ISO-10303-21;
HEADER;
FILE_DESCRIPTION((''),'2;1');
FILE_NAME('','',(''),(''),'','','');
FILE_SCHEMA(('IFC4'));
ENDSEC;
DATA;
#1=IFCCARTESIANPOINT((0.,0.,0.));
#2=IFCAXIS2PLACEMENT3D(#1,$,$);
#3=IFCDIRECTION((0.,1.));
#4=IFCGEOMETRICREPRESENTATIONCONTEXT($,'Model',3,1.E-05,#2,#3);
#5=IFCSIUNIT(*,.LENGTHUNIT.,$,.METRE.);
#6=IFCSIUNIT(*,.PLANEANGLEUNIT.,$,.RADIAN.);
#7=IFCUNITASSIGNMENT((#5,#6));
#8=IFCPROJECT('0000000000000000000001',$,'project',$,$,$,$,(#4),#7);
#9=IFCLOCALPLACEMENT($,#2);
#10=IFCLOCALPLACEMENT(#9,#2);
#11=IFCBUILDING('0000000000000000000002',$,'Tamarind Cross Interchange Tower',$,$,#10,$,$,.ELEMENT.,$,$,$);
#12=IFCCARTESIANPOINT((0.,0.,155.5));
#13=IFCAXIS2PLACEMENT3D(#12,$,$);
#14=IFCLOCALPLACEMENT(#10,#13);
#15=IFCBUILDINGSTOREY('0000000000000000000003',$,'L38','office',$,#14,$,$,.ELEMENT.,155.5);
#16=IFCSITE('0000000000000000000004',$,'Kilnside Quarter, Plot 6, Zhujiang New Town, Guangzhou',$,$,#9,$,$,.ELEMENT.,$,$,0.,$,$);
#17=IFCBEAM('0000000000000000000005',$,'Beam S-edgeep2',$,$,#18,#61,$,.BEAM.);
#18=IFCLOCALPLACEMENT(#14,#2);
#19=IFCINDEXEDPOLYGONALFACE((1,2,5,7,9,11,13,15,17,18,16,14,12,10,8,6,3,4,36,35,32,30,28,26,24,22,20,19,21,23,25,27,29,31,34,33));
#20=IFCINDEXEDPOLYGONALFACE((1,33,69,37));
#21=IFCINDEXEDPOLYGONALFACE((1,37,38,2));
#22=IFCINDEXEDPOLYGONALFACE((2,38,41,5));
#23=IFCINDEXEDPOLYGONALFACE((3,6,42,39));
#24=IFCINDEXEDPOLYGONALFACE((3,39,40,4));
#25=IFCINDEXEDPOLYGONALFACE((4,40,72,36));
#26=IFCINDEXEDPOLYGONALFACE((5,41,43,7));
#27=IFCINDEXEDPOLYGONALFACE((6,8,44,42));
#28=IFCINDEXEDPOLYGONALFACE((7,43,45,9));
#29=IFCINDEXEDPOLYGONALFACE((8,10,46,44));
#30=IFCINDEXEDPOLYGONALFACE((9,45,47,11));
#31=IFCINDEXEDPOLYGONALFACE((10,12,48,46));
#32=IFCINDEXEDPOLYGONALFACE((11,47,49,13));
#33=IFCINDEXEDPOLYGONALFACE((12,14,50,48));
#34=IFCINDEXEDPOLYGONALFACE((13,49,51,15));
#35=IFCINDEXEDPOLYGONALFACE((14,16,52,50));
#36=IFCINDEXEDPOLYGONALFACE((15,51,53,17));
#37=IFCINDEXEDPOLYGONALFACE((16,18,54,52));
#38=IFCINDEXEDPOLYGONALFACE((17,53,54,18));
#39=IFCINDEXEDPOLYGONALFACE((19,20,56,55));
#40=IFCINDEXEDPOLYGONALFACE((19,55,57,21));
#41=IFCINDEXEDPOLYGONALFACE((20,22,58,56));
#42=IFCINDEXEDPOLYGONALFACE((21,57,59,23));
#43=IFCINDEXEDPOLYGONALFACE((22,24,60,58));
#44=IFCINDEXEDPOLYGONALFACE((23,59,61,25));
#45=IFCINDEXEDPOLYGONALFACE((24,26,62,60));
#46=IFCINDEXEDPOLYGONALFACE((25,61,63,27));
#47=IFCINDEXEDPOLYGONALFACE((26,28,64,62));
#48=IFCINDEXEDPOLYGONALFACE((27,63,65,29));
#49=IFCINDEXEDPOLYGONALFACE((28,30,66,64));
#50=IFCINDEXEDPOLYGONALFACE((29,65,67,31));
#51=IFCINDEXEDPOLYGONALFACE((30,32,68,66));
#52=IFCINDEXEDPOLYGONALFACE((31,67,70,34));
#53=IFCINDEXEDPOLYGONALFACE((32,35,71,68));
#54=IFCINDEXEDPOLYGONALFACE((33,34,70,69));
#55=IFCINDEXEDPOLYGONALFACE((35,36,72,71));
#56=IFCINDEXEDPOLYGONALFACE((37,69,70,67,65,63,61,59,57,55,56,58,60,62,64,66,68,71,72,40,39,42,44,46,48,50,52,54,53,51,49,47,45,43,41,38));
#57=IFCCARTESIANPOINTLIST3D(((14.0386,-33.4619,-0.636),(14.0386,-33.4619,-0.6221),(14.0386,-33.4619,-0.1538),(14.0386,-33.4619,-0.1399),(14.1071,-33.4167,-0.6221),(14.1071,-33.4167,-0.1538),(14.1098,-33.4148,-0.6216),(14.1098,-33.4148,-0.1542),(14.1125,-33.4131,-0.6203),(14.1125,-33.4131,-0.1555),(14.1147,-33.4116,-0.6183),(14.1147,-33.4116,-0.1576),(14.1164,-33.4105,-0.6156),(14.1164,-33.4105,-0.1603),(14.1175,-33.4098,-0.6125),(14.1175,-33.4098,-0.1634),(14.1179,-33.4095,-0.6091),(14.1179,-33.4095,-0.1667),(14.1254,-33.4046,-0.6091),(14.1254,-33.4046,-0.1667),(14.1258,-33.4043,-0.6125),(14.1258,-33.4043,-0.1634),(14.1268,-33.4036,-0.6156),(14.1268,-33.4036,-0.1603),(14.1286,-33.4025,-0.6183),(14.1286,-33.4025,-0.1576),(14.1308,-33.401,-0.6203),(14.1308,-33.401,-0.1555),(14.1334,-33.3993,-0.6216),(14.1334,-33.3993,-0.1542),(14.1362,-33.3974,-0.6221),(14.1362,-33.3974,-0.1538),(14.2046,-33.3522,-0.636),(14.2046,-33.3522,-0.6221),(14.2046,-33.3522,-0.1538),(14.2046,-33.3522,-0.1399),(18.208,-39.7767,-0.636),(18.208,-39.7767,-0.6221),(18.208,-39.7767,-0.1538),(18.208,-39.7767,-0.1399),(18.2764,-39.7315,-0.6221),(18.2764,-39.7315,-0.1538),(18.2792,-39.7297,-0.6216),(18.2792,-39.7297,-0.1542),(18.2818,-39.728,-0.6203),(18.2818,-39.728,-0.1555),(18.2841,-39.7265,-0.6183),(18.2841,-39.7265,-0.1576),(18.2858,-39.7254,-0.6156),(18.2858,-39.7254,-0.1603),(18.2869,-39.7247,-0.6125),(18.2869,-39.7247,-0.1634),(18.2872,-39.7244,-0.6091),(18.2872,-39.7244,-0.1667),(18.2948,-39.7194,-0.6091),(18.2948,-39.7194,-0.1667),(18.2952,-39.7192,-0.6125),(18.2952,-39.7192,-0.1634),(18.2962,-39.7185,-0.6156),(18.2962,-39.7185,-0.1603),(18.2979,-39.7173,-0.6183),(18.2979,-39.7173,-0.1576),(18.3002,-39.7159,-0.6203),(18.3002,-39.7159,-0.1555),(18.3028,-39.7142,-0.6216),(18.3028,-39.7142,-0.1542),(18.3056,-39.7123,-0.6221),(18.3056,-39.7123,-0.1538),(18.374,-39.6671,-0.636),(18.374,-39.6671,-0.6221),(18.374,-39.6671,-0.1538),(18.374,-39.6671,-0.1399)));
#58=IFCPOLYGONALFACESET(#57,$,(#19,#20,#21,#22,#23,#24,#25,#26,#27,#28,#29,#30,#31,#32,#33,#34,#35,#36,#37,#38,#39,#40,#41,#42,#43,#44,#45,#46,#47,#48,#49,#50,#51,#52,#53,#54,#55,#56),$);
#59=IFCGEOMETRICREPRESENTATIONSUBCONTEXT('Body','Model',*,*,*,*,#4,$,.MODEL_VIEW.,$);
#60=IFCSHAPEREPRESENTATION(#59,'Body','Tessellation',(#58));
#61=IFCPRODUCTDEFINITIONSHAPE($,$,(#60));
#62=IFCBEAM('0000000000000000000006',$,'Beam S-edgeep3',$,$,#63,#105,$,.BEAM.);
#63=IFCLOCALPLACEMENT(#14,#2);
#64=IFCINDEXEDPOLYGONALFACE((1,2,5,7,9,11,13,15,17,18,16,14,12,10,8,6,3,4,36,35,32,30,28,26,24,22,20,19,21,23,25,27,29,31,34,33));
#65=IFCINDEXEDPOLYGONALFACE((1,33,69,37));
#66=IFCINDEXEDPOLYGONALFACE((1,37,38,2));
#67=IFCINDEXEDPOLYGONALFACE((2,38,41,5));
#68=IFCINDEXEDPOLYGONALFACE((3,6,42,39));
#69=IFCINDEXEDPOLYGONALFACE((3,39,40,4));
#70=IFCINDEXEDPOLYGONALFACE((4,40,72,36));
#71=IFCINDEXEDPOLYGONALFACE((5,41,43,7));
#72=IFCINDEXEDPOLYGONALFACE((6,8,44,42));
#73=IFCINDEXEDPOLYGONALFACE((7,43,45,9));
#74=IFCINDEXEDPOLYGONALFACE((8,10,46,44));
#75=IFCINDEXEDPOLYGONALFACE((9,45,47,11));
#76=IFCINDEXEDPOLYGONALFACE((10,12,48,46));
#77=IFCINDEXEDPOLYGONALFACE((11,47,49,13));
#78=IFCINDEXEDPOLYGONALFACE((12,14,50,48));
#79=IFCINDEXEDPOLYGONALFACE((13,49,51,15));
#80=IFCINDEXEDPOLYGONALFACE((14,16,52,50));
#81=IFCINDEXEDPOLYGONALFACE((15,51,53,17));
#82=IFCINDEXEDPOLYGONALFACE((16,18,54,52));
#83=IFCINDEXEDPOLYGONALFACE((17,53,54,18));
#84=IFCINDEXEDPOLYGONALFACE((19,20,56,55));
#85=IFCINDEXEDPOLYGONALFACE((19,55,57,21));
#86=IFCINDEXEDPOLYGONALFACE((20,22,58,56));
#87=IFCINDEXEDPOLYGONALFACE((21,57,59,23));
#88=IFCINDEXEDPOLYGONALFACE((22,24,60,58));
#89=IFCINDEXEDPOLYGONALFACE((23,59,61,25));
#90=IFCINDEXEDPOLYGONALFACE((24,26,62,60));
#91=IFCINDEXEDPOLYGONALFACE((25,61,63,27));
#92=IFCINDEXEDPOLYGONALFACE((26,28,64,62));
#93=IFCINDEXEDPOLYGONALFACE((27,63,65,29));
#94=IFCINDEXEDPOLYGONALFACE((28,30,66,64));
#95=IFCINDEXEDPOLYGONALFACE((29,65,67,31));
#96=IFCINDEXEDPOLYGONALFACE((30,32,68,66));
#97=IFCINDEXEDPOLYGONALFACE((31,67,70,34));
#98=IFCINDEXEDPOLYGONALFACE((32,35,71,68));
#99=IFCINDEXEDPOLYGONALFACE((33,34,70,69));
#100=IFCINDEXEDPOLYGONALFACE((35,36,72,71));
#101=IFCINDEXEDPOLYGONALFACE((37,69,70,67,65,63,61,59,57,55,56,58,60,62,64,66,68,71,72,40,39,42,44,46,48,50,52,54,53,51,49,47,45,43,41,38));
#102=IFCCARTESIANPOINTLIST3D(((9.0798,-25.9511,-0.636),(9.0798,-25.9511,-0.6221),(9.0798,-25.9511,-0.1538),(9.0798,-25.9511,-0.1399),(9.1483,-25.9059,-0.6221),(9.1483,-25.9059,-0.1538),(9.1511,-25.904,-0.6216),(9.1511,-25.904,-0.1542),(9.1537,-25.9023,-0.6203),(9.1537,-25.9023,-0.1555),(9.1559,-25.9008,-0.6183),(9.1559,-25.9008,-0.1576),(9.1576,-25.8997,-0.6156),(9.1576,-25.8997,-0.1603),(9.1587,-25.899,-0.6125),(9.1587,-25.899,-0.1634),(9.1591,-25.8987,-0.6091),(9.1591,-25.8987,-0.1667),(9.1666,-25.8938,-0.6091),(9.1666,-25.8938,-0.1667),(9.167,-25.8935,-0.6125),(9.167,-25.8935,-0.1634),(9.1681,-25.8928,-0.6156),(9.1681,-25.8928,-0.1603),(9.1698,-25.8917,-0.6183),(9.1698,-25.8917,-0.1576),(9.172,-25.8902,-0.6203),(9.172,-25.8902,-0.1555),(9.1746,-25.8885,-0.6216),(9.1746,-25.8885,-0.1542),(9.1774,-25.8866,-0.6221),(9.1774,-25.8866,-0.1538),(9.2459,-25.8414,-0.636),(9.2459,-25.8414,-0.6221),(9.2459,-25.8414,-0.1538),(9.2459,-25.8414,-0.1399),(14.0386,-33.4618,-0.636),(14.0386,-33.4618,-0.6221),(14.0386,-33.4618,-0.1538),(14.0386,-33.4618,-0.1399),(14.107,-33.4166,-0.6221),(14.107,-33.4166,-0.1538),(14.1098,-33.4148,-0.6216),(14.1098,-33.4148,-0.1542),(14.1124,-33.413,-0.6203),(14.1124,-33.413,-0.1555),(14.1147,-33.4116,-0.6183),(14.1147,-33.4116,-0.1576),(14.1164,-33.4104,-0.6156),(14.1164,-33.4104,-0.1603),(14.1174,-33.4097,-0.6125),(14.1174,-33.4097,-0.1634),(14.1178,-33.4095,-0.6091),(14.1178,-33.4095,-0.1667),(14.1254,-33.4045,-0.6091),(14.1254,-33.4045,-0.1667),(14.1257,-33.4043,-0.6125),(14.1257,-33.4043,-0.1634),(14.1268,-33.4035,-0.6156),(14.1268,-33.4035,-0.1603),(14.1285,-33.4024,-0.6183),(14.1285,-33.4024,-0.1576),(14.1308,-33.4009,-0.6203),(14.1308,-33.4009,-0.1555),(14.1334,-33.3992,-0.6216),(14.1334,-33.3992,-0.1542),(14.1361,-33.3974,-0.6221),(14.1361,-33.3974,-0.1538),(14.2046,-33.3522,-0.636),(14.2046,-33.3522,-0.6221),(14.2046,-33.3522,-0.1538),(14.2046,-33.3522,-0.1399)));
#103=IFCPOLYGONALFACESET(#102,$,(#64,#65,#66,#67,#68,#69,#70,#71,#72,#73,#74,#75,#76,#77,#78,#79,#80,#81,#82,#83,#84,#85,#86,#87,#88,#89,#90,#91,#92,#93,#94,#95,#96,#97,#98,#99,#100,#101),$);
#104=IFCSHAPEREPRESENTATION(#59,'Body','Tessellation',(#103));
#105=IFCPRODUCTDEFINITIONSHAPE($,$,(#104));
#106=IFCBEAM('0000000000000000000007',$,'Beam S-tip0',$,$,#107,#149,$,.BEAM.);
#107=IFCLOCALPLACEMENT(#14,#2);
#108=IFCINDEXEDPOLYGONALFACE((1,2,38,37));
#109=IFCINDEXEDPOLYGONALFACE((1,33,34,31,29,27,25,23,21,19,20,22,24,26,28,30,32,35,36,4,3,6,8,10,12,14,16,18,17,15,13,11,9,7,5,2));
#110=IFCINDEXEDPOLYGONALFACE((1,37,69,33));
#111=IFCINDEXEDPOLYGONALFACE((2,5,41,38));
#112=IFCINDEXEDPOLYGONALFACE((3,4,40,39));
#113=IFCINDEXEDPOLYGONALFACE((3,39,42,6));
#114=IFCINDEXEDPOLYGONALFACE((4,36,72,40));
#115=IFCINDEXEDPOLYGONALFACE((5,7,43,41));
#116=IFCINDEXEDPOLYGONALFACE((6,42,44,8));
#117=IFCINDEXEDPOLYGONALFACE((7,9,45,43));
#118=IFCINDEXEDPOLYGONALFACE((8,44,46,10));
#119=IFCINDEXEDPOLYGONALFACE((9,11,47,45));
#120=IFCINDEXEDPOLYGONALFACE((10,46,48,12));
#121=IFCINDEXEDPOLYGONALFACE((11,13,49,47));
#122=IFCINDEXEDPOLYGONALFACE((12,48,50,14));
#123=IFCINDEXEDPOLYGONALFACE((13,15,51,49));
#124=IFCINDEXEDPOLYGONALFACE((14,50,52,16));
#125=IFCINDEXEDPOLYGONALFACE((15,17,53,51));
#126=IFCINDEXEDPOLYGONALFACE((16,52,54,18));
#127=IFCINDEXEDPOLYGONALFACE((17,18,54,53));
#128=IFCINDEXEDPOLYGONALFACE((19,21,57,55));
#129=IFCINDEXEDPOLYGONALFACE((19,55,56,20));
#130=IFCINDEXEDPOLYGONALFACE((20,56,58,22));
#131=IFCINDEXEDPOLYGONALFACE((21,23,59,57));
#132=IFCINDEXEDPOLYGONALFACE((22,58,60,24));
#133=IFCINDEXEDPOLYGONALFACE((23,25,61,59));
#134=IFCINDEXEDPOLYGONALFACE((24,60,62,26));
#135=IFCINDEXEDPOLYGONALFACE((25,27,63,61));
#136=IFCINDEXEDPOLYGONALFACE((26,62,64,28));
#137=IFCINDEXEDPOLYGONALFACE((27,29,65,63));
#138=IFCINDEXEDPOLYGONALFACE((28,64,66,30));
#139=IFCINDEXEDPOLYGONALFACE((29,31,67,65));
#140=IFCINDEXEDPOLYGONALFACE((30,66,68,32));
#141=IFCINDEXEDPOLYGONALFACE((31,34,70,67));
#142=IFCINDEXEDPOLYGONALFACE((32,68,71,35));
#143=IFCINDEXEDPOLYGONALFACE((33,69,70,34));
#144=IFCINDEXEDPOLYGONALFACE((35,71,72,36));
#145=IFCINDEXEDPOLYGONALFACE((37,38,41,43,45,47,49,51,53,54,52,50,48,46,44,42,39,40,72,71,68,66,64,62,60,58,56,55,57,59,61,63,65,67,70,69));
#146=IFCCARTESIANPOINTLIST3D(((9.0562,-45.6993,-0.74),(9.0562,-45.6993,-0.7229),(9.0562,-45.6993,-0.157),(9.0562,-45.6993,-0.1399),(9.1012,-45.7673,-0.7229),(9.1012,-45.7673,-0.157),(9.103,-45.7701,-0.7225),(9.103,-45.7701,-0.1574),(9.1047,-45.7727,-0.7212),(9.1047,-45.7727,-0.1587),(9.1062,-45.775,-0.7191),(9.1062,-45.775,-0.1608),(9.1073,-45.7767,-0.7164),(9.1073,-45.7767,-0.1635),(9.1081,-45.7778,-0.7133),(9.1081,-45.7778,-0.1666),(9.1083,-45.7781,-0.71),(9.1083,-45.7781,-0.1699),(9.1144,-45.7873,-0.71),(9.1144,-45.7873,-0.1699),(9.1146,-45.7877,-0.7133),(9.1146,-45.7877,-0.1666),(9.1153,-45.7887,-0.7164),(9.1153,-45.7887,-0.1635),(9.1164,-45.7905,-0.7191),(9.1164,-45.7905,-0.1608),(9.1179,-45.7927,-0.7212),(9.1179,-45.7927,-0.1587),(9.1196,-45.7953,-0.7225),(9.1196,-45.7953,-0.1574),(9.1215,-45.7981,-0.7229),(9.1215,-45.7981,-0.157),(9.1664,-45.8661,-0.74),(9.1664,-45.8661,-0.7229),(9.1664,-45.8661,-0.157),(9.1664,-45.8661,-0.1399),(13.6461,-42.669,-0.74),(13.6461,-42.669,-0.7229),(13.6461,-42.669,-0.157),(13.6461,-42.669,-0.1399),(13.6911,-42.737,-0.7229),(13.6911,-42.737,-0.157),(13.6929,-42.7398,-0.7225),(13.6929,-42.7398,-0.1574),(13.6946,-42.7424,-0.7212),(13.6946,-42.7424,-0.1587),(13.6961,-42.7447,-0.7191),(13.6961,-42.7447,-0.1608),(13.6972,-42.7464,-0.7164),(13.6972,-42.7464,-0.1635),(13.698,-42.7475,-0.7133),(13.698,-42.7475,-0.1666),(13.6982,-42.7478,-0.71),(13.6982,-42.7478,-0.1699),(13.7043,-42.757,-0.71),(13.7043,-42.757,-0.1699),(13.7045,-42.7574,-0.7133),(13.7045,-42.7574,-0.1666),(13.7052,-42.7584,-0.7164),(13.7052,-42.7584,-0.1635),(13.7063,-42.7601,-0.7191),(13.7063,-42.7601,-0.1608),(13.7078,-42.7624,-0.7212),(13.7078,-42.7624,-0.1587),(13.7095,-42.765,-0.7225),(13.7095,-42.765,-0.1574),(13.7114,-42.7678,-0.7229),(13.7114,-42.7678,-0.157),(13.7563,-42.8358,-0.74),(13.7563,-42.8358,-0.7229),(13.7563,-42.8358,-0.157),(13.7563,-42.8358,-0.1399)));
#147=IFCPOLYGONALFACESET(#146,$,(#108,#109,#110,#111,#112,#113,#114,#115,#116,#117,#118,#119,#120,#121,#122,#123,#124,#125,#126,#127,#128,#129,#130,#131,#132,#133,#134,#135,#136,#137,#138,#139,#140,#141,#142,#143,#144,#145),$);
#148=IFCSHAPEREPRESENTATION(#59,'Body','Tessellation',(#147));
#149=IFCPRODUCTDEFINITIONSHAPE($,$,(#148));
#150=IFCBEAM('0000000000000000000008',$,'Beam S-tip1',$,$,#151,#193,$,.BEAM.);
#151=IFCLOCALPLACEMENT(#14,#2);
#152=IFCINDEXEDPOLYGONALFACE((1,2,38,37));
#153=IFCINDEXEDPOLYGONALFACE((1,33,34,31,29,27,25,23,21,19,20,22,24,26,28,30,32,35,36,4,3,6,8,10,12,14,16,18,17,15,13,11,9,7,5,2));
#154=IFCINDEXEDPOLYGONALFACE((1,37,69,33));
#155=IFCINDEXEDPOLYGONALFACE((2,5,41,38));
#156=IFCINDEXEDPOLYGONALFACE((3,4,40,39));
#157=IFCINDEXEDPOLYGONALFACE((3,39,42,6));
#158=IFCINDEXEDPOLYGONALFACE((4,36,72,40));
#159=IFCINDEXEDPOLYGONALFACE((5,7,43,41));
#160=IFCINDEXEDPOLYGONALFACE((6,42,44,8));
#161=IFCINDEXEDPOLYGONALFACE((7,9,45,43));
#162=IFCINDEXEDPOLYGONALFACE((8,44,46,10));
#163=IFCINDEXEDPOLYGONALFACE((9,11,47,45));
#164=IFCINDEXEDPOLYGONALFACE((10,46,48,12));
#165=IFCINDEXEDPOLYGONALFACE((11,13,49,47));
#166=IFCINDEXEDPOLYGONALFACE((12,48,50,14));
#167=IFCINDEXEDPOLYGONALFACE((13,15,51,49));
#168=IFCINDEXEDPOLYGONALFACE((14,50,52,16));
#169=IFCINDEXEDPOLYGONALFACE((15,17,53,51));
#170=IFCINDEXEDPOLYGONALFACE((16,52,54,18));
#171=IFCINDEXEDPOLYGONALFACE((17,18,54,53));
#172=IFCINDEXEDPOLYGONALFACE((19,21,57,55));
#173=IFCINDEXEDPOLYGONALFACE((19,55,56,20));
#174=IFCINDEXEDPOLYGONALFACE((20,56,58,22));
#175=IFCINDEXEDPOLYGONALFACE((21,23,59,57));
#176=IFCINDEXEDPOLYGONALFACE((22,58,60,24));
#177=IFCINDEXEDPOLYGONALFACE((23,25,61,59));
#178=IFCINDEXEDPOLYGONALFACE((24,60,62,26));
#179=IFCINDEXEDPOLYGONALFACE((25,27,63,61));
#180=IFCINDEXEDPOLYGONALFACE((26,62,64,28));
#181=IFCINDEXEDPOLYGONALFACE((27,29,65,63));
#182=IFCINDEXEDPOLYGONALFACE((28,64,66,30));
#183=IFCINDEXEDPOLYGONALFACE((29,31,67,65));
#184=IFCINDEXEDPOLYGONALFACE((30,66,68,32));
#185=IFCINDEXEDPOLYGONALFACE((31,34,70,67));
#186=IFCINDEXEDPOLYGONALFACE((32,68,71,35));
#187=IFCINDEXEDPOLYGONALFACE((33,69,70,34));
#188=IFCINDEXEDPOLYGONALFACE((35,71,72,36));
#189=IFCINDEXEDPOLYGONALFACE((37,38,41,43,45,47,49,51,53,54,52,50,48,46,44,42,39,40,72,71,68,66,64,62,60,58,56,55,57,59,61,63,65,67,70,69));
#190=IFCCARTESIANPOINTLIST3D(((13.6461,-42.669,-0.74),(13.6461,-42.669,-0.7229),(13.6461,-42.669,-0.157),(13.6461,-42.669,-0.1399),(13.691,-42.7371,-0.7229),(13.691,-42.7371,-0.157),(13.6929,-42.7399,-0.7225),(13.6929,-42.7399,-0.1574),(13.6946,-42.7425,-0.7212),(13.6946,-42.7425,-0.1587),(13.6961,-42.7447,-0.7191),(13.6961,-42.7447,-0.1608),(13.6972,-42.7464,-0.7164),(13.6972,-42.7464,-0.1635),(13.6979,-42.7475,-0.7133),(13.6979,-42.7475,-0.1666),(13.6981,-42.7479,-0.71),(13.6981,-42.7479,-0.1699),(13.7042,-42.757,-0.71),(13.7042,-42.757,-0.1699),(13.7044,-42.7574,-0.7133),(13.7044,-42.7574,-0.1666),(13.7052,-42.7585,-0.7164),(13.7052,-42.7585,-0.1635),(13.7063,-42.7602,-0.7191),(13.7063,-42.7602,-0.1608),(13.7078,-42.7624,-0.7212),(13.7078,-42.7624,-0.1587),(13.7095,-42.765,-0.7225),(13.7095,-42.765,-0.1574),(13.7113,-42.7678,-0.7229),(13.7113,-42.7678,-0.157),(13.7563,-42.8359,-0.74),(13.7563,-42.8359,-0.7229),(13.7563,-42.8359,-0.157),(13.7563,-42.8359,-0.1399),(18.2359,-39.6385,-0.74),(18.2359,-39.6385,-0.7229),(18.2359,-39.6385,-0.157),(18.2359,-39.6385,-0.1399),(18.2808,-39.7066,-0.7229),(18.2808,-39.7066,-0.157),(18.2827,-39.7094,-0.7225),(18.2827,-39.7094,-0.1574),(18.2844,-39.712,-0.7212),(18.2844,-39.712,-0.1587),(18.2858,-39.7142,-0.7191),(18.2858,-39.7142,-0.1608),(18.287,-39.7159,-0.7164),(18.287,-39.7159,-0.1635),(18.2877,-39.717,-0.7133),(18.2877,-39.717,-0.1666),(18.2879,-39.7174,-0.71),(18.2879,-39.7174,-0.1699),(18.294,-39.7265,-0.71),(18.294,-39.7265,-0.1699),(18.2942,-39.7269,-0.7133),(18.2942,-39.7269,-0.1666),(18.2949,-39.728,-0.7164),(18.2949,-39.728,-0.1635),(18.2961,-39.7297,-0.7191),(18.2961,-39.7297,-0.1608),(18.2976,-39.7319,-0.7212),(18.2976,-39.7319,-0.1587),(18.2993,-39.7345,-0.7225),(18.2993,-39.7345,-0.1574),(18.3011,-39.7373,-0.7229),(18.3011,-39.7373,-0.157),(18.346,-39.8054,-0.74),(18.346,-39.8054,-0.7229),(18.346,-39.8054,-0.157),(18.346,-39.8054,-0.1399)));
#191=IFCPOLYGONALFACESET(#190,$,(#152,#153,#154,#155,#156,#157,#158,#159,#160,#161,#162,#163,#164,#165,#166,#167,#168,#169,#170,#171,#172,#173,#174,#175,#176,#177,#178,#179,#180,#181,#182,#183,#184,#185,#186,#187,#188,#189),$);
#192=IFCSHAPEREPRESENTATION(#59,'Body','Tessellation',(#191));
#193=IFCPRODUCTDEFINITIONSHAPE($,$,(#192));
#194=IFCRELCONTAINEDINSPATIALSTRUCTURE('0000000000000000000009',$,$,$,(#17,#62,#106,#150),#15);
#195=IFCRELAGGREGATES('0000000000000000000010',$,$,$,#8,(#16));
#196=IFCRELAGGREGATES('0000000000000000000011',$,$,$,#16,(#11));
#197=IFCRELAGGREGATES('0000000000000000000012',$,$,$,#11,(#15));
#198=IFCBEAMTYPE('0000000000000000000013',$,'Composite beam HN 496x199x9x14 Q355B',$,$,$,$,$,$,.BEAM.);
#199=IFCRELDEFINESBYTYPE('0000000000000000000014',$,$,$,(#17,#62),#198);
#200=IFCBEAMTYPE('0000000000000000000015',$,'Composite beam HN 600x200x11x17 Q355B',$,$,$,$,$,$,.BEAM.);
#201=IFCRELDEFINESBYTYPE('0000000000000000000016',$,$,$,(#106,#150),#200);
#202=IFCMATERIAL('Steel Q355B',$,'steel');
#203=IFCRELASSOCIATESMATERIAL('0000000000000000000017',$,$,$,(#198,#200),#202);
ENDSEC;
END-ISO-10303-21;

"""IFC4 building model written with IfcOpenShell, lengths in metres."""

from ifc_helpers import new_model, si_unit, direction, frame, origin, origin_2d, place, context, subcontext, project, spatial, i_section, extrude, material, material_profile, profile_set, type_object, element, save


model = new_model("IFC4")

# Units and contexts
model_context = context("Model", 3, precision=1e-05, world=origin(), true_north=direction((0.0, 1.0)))
body_context = subcontext(model_context, "Body", "Model", "MODEL_VIEW")
ifc_project = project(units=[si_unit("LENGTHUNIT", "METRE"), si_unit("PLANEANGLEUNIT", "RADIAN")], contexts=[model_context])

# Site, building, storey
site_placement = place(None, origin())
site = spatial("IfcSite", under=ifc_project, at=site_placement, Name="Kilnside Quarter, Plot 6, Zhujiang New Town, Guangzhou", CompositionType="ELEMENT", RefElevation=0.0)
building_placement = place(site_placement, origin())
building = spatial("IfcBuilding", under=site, at=building_placement, Name="Tamarind Cross Interchange Tower", CompositionType="ELEMENT")
storey_placement = place(building_placement, frame((0.0, 0.0, 155.5)))
storey = spatial("IfcBuildingStorey", under=building, at=storey_placement, Name="L38", Description="office", CompositionType="ELEMENT", Elevation=155.5)

# Beams
ifc_material_1 = material(Name="Steel Q355B", Category="steel")
ifc_material_profile_1 = material_profile(ifc_material_1, i_section(OverallWidth=0.199, OverallDepth=0.4961, WebThickness=0.009, FlangeThickness=0.0139, FilletRadius=0.0129, at=origin_2d()), Name="HN 496x199x9x14")
ifc_profile_set_1 = profile_set([ifc_material_profile_1], Name="Steel Q355B")
beam_type_1 = type_object("IfcBeamType", Name="Composite beam HN 496x199x9x14 Q355B", PredefinedType="BEAM", material=ifc_profile_set_1)
beam_1_placement = place(storey_placement, frame((18.291, -39.7219, -0.3879), z_axis=(-0.550987, 0.834514, 0.0), x_axis=(-0.834514, -0.550987, 0.0)))
element("IfcBeam", 1, at=beam_1_placement, inside=storey, type_object=beam_type_1, Name="Beam S-edgeep2", PredefinedType="BEAM", context=body_context, shape_type="SweptSolid", body=[
    extrude(i_section(OverallWidth=0.199, OverallDepth=0.4961, WebThickness=0.009, FlangeThickness=0.0139, FilletRadius=0.0129, at=origin_2d()), origin(), (0.0, 0.0, 1.0), 7.5671),
])
beam_2_placement = place(storey_placement, frame((14.1216, -33.407, -0.3879), z_axis=(-0.55097, 0.834525, 0.0), x_axis=(-0.834525, -0.55097, 0.0)))
element("IfcBeam", 2, at=beam_2_placement, inside=storey, type_object=beam_type_1, Name="Beam S-edgeep3", PredefinedType="BEAM", context=body_context, shape_type="SweptSolid", body=[
    extrude(i_section(OverallWidth=0.199, OverallDepth=0.4961, WebThickness=0.009, FlangeThickness=0.0139, FilletRadius=0.0129, at=origin_2d()), origin(), (0.0, 0.0, 1.0), 9.0),
])
ifc_material_profile_2 = material_profile(ifc_material_1, i_section(OverallWidth=0.2, OverallDepth=0.6001, WebThickness=0.011, FlangeThickness=0.0171, FilletRadius=0.0129, at=origin_2d()), Name="HN 600x200x11x17")
ifc_profile_set_2 = profile_set([ifc_material_profile_2], Name="Steel Q355B")
beam_type_2 = type_object("IfcBeamType", Name="Composite beam HN 600x200x11x17 Q355B", PredefinedType="BEAM", material=ifc_profile_set_2)
for number, where, z_axis, x_axis, name in (
    (3, (9.1113, -45.7827, -0.4399), (0.834528, 0.550966, 0.0), (-0.550966, 0.834528, 0.0), "Beam S-tip0"),
    (4, (13.7012, -42.7524, -0.4399), (0.834507, 0.550997, 0.0), (-0.550997, 0.834507, 0.0), "Beam S-tip1"),
):
    element("IfcBeam", number, at=place(storey_placement, frame(where, z_axis=z_axis, x_axis=x_axis)), inside=storey, type_object=beam_type_2, Name=name, PredefinedType="BEAM", context=body_context, shape_type="SweptSolid", body=[
        extrude(i_section(OverallWidth=0.2, OverallDepth=0.6001, WebThickness=0.011, FlangeThickness=0.0171, FilletRadius=0.0129, at=origin_2d()), origin(), (0.0, 0.0, 1.0), 5.5),
    ])

save(model, "model.ifc")
